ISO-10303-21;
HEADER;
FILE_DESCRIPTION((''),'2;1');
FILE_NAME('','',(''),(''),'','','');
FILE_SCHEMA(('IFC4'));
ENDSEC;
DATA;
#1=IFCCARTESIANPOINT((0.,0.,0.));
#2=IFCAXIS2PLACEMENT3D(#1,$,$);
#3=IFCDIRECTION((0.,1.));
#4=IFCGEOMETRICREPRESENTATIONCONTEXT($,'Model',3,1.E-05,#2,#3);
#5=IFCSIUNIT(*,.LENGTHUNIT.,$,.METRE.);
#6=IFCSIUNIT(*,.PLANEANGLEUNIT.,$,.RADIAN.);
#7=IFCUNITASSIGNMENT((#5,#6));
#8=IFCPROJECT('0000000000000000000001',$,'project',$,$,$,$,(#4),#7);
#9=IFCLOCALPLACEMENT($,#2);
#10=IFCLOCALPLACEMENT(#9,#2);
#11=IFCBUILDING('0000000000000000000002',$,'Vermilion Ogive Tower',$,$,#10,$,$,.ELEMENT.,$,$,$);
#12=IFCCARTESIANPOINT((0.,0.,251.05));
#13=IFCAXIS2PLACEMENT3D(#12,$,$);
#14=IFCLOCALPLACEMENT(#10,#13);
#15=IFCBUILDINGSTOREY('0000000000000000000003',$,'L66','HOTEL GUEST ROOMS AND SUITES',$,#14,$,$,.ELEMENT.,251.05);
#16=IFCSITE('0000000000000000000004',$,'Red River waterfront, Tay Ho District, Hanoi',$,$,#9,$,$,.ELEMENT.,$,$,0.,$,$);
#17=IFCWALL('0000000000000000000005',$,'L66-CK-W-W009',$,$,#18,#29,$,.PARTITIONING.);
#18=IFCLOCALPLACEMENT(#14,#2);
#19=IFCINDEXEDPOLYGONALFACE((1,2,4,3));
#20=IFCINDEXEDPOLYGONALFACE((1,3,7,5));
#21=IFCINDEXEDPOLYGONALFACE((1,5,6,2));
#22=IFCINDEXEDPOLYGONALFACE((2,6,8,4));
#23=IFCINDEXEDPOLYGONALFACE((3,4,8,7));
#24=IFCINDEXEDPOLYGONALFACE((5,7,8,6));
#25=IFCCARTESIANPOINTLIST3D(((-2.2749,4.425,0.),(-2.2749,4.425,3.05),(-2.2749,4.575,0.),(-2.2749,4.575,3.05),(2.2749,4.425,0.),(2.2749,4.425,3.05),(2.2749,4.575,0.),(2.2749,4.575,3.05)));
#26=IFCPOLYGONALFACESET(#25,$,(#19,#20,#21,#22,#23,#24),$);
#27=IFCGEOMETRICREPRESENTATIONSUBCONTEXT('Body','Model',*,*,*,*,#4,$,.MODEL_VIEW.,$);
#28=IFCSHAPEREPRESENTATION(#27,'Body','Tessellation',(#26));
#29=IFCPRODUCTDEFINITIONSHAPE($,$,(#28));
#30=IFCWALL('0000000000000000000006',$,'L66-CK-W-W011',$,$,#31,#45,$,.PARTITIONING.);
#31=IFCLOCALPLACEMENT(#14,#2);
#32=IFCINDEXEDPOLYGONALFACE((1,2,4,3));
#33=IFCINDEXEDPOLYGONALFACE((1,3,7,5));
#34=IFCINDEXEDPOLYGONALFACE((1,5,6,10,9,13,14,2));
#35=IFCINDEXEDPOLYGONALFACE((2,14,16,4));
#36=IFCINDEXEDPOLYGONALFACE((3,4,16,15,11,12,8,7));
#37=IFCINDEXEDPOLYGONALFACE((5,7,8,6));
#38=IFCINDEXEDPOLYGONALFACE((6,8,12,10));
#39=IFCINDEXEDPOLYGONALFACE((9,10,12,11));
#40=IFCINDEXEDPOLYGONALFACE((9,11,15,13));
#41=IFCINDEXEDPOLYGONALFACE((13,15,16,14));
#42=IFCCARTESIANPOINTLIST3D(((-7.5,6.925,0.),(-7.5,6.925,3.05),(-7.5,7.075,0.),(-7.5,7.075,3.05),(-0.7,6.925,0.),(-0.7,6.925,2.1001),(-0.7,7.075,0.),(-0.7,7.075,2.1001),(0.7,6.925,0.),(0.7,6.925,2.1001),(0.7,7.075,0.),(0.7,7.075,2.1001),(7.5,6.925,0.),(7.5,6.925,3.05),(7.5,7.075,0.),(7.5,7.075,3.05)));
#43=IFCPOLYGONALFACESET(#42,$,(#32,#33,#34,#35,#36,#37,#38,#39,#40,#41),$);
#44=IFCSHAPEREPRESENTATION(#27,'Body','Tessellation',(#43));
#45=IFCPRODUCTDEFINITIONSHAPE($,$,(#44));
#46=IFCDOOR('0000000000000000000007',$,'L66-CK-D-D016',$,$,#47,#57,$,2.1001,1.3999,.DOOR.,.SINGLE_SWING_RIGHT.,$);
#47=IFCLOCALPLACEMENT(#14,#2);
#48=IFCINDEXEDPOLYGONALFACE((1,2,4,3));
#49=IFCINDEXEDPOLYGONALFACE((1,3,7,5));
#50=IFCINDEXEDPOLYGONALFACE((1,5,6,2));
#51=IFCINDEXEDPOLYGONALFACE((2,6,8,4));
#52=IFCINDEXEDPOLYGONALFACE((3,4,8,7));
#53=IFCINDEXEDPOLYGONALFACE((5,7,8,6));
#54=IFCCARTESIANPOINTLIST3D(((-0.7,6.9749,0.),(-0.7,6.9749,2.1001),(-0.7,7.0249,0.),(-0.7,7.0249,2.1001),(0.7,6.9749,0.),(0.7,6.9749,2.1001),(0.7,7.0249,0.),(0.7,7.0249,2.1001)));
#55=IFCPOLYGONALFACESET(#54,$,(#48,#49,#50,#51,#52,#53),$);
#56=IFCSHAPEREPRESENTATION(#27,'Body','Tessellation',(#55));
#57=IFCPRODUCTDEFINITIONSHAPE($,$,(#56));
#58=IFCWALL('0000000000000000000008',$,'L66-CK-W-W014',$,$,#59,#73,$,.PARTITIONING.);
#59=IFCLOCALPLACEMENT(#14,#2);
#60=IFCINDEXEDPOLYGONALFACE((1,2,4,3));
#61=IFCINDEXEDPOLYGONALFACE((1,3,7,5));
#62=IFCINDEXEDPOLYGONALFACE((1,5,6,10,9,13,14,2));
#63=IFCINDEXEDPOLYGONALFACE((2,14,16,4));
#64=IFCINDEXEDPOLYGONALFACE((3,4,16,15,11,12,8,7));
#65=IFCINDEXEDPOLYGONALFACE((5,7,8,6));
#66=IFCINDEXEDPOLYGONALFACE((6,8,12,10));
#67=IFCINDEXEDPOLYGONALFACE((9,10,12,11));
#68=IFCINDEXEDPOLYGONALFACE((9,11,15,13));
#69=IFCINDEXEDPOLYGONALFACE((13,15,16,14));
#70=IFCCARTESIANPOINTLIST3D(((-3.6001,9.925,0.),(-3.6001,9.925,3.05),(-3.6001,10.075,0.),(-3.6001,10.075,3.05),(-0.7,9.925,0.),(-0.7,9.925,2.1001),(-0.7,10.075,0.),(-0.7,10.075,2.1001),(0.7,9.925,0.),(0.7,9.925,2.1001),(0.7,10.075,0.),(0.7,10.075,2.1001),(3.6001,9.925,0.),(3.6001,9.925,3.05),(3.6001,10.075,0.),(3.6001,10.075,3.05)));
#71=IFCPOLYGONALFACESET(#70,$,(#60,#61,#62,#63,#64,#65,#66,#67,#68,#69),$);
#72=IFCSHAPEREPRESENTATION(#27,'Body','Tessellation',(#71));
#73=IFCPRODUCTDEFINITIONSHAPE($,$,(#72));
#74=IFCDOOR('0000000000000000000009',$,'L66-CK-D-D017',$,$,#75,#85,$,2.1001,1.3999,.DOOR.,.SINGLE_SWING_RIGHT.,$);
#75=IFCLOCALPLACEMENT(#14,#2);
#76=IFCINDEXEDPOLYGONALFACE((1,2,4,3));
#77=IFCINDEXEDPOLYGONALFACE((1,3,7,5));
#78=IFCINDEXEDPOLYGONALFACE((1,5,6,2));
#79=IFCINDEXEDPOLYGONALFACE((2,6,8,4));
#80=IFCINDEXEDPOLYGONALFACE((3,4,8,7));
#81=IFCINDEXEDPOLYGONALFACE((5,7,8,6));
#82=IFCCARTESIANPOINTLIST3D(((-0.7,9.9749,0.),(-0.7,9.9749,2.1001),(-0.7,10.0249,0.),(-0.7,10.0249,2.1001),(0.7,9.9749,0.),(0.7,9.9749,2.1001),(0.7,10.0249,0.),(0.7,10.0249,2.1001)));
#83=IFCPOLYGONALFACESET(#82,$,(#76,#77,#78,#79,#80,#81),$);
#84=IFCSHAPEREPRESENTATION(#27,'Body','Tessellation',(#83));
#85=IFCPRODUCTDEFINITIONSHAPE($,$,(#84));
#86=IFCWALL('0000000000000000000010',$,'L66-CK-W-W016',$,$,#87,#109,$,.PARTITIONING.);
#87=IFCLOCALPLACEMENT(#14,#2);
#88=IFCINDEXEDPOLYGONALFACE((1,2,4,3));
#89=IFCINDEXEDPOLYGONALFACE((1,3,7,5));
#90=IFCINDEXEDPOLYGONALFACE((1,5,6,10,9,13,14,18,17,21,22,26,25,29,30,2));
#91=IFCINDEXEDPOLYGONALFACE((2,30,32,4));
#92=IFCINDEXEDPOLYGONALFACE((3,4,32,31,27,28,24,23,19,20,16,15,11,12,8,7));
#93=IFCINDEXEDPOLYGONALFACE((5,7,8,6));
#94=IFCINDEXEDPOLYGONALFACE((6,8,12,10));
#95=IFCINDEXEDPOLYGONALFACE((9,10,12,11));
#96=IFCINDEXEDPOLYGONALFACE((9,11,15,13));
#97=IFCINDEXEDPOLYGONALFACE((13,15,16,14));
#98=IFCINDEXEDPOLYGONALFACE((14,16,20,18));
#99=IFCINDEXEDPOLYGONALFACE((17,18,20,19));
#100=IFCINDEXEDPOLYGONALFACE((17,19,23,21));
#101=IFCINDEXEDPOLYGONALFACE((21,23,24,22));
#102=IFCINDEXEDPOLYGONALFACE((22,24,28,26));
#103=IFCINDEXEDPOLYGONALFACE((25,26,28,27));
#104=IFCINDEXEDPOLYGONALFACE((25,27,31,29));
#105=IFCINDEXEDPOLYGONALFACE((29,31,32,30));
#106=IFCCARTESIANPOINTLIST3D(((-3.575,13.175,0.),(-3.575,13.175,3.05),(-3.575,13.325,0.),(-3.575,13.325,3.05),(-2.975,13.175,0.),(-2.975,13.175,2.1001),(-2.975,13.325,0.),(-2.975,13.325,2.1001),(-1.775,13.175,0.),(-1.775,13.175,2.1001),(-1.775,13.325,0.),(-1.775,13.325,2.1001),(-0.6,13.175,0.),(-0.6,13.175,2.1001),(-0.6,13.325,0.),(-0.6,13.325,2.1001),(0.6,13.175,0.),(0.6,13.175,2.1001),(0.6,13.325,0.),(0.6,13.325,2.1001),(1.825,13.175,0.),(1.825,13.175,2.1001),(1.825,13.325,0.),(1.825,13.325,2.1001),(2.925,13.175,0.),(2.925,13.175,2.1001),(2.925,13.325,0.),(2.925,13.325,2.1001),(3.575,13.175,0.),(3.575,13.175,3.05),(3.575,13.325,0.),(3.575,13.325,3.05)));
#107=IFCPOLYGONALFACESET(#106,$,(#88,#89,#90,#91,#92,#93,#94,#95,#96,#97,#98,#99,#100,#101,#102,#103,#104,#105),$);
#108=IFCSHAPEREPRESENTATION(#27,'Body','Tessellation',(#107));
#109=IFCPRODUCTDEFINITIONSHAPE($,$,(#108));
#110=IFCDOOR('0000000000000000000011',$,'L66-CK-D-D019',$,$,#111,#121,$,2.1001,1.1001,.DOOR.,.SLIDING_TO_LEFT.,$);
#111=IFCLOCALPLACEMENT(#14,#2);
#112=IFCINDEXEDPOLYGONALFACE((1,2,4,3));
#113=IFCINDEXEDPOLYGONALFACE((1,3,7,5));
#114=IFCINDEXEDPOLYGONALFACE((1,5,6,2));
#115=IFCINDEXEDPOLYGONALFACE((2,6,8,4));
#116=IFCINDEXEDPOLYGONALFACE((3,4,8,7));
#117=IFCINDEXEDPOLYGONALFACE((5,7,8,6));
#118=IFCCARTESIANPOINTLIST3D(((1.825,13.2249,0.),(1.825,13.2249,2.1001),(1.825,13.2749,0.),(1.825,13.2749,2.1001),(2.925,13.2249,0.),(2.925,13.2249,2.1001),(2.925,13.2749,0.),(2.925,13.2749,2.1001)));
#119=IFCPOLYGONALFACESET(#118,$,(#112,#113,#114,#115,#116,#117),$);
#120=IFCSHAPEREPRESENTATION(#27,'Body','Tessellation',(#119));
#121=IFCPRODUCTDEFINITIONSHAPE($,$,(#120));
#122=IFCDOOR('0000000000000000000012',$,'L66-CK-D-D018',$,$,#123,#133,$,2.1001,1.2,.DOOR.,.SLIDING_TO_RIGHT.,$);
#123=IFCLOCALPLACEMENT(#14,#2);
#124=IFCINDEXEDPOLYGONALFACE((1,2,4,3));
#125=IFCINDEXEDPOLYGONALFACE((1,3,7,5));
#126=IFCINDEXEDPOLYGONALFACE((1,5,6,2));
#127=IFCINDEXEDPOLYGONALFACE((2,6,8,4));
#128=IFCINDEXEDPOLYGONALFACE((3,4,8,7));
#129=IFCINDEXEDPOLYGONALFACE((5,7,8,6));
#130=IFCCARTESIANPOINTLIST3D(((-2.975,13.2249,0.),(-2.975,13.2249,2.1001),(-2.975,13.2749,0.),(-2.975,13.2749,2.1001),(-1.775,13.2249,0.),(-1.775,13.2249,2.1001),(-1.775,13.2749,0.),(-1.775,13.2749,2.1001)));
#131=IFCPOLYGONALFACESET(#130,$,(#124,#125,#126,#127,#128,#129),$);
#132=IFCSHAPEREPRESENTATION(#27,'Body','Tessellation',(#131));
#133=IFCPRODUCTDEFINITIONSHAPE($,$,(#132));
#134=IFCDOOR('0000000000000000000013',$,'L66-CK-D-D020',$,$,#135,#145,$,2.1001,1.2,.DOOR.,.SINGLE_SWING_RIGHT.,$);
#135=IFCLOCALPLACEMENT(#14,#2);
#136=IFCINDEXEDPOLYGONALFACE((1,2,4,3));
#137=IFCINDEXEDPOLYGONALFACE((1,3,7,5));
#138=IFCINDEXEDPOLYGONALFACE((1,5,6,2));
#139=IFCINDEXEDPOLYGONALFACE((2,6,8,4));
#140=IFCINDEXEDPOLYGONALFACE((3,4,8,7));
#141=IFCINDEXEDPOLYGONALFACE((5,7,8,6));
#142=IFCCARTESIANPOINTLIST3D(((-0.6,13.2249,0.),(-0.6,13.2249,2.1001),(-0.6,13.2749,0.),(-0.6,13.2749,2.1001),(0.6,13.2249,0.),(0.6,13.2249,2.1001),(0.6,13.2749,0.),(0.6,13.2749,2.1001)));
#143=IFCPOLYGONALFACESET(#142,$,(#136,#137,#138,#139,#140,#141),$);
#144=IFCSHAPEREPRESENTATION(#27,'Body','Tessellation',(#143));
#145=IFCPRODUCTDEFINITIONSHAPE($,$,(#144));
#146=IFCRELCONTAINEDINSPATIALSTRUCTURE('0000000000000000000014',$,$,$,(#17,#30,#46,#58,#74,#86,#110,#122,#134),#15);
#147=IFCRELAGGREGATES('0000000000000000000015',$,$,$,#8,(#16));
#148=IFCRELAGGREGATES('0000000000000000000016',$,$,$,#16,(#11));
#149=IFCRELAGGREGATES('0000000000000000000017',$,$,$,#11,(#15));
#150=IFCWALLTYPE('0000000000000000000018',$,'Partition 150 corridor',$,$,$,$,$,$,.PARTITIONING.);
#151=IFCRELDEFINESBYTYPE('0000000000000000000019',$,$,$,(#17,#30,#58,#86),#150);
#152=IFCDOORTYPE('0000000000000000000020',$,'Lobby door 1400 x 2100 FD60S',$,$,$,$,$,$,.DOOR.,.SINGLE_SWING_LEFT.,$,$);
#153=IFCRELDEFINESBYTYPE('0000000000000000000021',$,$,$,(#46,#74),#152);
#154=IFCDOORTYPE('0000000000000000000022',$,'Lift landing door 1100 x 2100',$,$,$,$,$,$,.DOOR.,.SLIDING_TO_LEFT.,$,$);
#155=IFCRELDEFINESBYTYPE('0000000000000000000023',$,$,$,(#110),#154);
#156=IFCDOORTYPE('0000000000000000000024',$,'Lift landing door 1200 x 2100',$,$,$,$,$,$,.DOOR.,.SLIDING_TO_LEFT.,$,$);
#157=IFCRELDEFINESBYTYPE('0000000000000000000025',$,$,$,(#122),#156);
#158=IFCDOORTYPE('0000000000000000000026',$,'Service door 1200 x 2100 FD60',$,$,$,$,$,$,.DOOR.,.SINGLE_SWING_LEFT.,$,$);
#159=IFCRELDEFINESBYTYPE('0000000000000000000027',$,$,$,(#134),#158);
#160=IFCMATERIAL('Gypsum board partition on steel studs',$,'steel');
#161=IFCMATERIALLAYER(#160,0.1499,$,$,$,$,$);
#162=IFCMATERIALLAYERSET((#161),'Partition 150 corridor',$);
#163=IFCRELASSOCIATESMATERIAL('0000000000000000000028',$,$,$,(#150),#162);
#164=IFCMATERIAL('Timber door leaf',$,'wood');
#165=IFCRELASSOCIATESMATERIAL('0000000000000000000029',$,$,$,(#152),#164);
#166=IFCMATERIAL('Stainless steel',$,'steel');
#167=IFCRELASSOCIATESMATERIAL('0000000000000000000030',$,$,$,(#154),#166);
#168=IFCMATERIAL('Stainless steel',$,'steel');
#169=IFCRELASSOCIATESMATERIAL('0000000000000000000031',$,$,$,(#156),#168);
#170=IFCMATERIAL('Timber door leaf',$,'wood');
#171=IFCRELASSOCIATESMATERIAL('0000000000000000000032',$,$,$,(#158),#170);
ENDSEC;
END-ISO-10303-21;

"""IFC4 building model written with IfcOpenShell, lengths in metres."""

from ifc_helpers import new_model, si_unit, direction, frame, frame_2d, origin, place, context, subcontext, project, spatial, rectangle, extrude, material, layer, layer_set, type_object, element, fill, save


model = new_model("IFC4")

# Units and contexts
model_context = context("Model", 3, precision=1e-05, world=origin(), true_north=direction((0.0, 1.0)))
body_context = subcontext(model_context, "Body", "Model", "MODEL_VIEW")
ifc_project = project(units=[si_unit("LENGTHUNIT", "METRE"), si_unit("PLANEANGLEUNIT", "RADIAN")], contexts=[model_context])

# Site, building, storey
site_placement = place(None, origin())
site = spatial("IfcSite", under=ifc_project, at=site_placement, Name="Red River waterfront, Tay Ho District, Hanoi", CompositionType="ELEMENT", RefElevation=0.0)
building_placement = place(site_placement, origin())
building = spatial("IfcBuilding", under=site, at=building_placement, Name="Vermilion Ogive Tower", CompositionType="ELEMENT")
storey_placement = place(building_placement, frame((0.0, 0.0, 251.05)))
storey = spatial("IfcBuildingStorey", under=building, at=storey_placement, Name="L66", Description="HOTEL GUEST ROOMS AND SUITES", CompositionType="ELEMENT", Elevation=251.05)

# Wall
ifc_material_1 = material(Name="Gypsum board partition on steel studs", Category="steel")
ifc_layer_1 = layer(ifc_material_1, 0.1499)
ifc_layer_set_1 = layer_set([ifc_layer_1], Name="Partition 150 corridor")
wall_type_1 = type_object("IfcWallType", Name="Partition 150 corridor", PredefinedType="PARTITIONING", material=ifc_layer_set_1)
wall_1_placement = place(storey_placement, frame((-2.2749, 4.5, 0.0), z_axis=(0.0, 0.0, 1.0), x_axis=(1.0, 0.0, 0.0)))
element("IfcWall", 1, at=wall_1_placement, inside=storey, type_object=wall_type_1, Name="L66-CK-W-W009", PredefinedType="PARTITIONING", context=body_context, shape_type="SweptSolid", body=[
    extrude(rectangle(XDim=4.5498, YDim=0.1499, at=frame_2d((2.2749, 0.0))), origin(), (0.0, 0.0, 1.0), 3.05),
])

# Walls, openings, doors
wall_2_placement = place(storey_placement, frame((-7.5, 7.0, 0.0), z_axis=(0.0, 0.0, 1.0), x_axis=(1.0, 0.0, 0.0)))
wall_2 = element("IfcWall", 2, at=wall_2_placement, inside=storey, type_object=wall_type_1, Name="L66-CK-W-W011", PredefinedType="PARTITIONING", context=body_context, shape_type="SweptSolid", body=[
    extrude(rectangle(XDim=15.0, YDim=0.1499, at=frame_2d((7.5, 0.0))), origin(), (0.0, 0.0, 1.0), 3.05),
])
opening_1_placement = place(wall_2_placement, frame((6.8, 0.0, 0.0)))
opening_1 = element("IfcOpeningElement", 3, at=opening_1_placement, cuts=wall_2, PredefinedType="OPENING", context=body_context, shape_type="SweptSolid", body=[
    extrude(rectangle(XDim=1.3999, YDim=2.1001, at=frame_2d((0.7, 1.05))), frame((0.0, 0.085, 0.0), z_axis=(0.0, -1.0, 0.0), x_axis=(1.0, 0.0, 0.0)), (0.0, 0.0, 1.0), 0.1699),
])
ifc_material_2 = material(Name="Timber door leaf", Category="wood")
door_type_1 = type_object("IfcDoorType", Name="Lobby door 1400 x 2100 FD60S", OperationType="SINGLE_SWING_LEFT", PredefinedType="DOOR", material=ifc_material_2)
door_1_placement = place(opening_1_placement, origin())
door_1 = element("IfcDoor", 4, at=door_1_placement, inside=storey, type_object=door_type_1, Name="L66-CK-D-D016", OperationType="SINGLE_SWING_RIGHT", OverallHeight=2.1001, OverallWidth=1.3999, PredefinedType="DOOR", context=body_context, shape_type="SweptSolid", body=[
    extrude(rectangle(XDim=1.3999, YDim=2.1001, at=frame_2d((0.7, 1.05))), frame((0.0, 0.0249, 0.0), z_axis=(0.0, -1.0, 0.0), x_axis=(1.0, 0.0, 0.0)), (0.0, 0.0, 1.0), 0.05),
])
fill(opening_1, door_1)
wall_3_placement = place(storey_placement, frame((-3.6001, 10.0, 0.0), z_axis=(0.0, 0.0, 1.0), x_axis=(1.0, 0.0, 0.0)))
wall_3 = element("IfcWall", 5, at=wall_3_placement, inside=storey, type_object=wall_type_1, Name="L66-CK-W-W014", PredefinedType="PARTITIONING", context=body_context, shape_type="SweptSolid", body=[
    extrude(rectangle(XDim=7.2002, YDim=0.1499, at=frame_2d((3.6001, 0.0))), origin(), (0.0, 0.0, 1.0), 3.05),
])
opening_2_placement = place(wall_3_placement, frame((2.9001, 0.0, 0.0)))
opening_2 = element("IfcOpeningElement", 6, at=opening_2_placement, cuts=wall_3, PredefinedType="OPENING", context=body_context, shape_type="SweptSolid", body=[
    extrude(rectangle(XDim=1.3999, YDim=2.1001, at=frame_2d((0.7, 1.05))), frame((0.0, 0.085, 0.0), z_axis=(0.0, -1.0, 0.0), x_axis=(1.0, 0.0, 0.0)), (0.0, 0.0, 1.0), 0.1699),
])
door_2_placement = place(opening_2_placement, origin())
door_2 = element("IfcDoor", 7, at=door_2_placement, inside=storey, type_object=door_type_1, Name="L66-CK-D-D017", OperationType="SINGLE_SWING_RIGHT", OverallHeight=2.1001, OverallWidth=1.3999, PredefinedType="DOOR", context=body_context, shape_type="SweptSolid", body=[
    extrude(rectangle(XDim=1.3999, YDim=2.1001, at=frame_2d((0.7, 1.05))), frame((0.0, 0.0249, 0.0), z_axis=(0.0, -1.0, 0.0), x_axis=(1.0, 0.0, 0.0)), (0.0, 0.0, 1.0), 0.05),
])
fill(opening_2, door_2)

# Wall, openings, doors
wall_4_placement = place(storey_placement, frame((-3.575, 13.25, 0.0), z_axis=(0.0, 0.0, 1.0), x_axis=(1.0, 0.0, 0.0)))
wall_4 = element("IfcWall", 8, at=wall_4_placement, inside=storey, type_object=wall_type_1, Name="L66-CK-W-W016", PredefinedType="PARTITIONING", context=body_context, shape_type="SweptSolid", body=[
    extrude(rectangle(XDim=7.1499, YDim=0.1499, at=frame_2d((3.575, 0.0))), origin(), (0.0, 0.0, 1.0), 3.05),
])
opening_3_placement = place(wall_4_placement, frame((0.5999, 0.0, 0.0)))
opening_3 = element("IfcOpeningElement", 9, at=opening_3_placement, cuts=wall_4, PredefinedType="OPENING", context=body_context, shape_type="SweptSolid", body=[
    extrude(rectangle(XDim=1.2, YDim=2.1001, at=frame_2d((0.6001, 1.05))), frame((0.0, 0.085, 0.0), z_axis=(0.0, -1.0, 0.0), x_axis=(1.0, 0.0, 0.0)), (0.0, 0.0, 1.0), 0.1699),
])
opening_4_placement = place(wall_4_placement, frame((5.3999, 0.0, 0.0)))
opening_4 = element("IfcOpeningElement", 10, at=opening_4_placement, cuts=wall_4, PredefinedType="OPENING", context=body_context, shape_type="SweptSolid", body=[
    extrude(rectangle(XDim=1.1001, YDim=2.1001, at=frame_2d((0.55, 1.05))), frame((0.0, 0.085, 0.0), z_axis=(0.0, -1.0, 0.0), x_axis=(1.0, 0.0, 0.0)), (0.0, 0.0, 1.0), 0.1699),
])
opening_5_placement = place(wall_4_placement, frame((2.9749, 0.0, 0.0)))
opening_5 = element("IfcOpeningElement", 11, at=opening_5_placement, cuts=wall_4, PredefinedType="OPENING", context=body_context, shape_type="SweptSolid", body=[
    extrude(rectangle(XDim=1.2, YDim=2.1001, at=frame_2d((0.6001, 1.05))), frame((0.0, 0.085, 0.0), z_axis=(0.0, -1.0, 0.0), x_axis=(1.0, 0.0, 0.0)), (0.0, 0.0, 1.0), 0.1699),
])
ifc_material_3 = material(Name="Stainless steel", Category="steel")
door_type_2 = type_object("IfcDoorType", Name="Lift landing door 1100 x 2100", OperationType="SLIDING_TO_LEFT", PredefinedType="DOOR", material=ifc_material_3)
door_3_placement = place(opening_4_placement, origin())
door_3 = element("IfcDoor", 12, at=door_3_placement, inside=storey, type_object=door_type_2, Name="L66-CK-D-D019", OperationType="SLIDING_TO_LEFT", OverallHeight=2.1001, OverallWidth=1.1001, PredefinedType="DOOR", context=body_context, shape_type="SweptSolid", body=[
    extrude(rectangle(XDim=1.1001, YDim=2.1001, at=frame_2d((0.55, 1.05))), frame((0.0, 0.0249, 0.0), z_axis=(0.0, -1.0, 0.0), x_axis=(1.0, 0.0, 0.0)), (0.0, 0.0, 1.0), 0.05),
])
fill(opening_4, door_3)
ifc_material_4 = material(Name="Stainless steel", Category="steel")
door_type_3 = type_object("IfcDoorType", Name="Lift landing door 1200 x 2100", OperationType="SLIDING_TO_LEFT", PredefinedType="DOOR", material=ifc_material_4)
door_4_placement = place(opening_3_placement, origin())
door_4 = element("IfcDoor", 13, at=door_4_placement, inside=storey, type_object=door_type_3, Name="L66-CK-D-D018", OperationType="SLIDING_TO_RIGHT", OverallHeight=2.1001, OverallWidth=1.2, PredefinedType="DOOR", context=body_context, shape_type="SweptSolid", body=[
    extrude(rectangle(XDim=1.2, YDim=2.1001, at=frame_2d((0.6001, 1.05))), frame((0.0, 0.0249, 0.0), z_axis=(0.0, -1.0, 0.0), x_axis=(1.0, 0.0, 0.0)), (0.0, 0.0, 1.0), 0.05),
])
fill(opening_3, door_4)
ifc_material_5 = material(Name="Timber door leaf", Category="wood")
door_type_4 = type_object("IfcDoorType", Name="Service door 1200 x 2100 FD60", OperationType="SINGLE_SWING_LEFT", PredefinedType="DOOR", material=ifc_material_5)
door_5_placement = place(opening_5_placement, origin())
door_5 = element("IfcDoor", 14, at=door_5_placement, inside=storey, type_object=door_type_4, Name="L66-CK-D-D020", OperationType="SINGLE_SWING_RIGHT", OverallHeight=2.1001, OverallWidth=1.2, PredefinedType="DOOR", context=body_context, shape_type="SweptSolid", body=[
    extrude(rectangle(XDim=1.2, YDim=2.1001, at=frame_2d((0.6001, 1.05))), frame((0.0, 0.0249, 0.0), z_axis=(0.0, -1.0, 0.0), x_axis=(1.0, 0.0, 0.0)), (0.0, 0.0, 1.0), 0.05),
])
fill(opening_5, door_5)

save(model, "model.ifc")
